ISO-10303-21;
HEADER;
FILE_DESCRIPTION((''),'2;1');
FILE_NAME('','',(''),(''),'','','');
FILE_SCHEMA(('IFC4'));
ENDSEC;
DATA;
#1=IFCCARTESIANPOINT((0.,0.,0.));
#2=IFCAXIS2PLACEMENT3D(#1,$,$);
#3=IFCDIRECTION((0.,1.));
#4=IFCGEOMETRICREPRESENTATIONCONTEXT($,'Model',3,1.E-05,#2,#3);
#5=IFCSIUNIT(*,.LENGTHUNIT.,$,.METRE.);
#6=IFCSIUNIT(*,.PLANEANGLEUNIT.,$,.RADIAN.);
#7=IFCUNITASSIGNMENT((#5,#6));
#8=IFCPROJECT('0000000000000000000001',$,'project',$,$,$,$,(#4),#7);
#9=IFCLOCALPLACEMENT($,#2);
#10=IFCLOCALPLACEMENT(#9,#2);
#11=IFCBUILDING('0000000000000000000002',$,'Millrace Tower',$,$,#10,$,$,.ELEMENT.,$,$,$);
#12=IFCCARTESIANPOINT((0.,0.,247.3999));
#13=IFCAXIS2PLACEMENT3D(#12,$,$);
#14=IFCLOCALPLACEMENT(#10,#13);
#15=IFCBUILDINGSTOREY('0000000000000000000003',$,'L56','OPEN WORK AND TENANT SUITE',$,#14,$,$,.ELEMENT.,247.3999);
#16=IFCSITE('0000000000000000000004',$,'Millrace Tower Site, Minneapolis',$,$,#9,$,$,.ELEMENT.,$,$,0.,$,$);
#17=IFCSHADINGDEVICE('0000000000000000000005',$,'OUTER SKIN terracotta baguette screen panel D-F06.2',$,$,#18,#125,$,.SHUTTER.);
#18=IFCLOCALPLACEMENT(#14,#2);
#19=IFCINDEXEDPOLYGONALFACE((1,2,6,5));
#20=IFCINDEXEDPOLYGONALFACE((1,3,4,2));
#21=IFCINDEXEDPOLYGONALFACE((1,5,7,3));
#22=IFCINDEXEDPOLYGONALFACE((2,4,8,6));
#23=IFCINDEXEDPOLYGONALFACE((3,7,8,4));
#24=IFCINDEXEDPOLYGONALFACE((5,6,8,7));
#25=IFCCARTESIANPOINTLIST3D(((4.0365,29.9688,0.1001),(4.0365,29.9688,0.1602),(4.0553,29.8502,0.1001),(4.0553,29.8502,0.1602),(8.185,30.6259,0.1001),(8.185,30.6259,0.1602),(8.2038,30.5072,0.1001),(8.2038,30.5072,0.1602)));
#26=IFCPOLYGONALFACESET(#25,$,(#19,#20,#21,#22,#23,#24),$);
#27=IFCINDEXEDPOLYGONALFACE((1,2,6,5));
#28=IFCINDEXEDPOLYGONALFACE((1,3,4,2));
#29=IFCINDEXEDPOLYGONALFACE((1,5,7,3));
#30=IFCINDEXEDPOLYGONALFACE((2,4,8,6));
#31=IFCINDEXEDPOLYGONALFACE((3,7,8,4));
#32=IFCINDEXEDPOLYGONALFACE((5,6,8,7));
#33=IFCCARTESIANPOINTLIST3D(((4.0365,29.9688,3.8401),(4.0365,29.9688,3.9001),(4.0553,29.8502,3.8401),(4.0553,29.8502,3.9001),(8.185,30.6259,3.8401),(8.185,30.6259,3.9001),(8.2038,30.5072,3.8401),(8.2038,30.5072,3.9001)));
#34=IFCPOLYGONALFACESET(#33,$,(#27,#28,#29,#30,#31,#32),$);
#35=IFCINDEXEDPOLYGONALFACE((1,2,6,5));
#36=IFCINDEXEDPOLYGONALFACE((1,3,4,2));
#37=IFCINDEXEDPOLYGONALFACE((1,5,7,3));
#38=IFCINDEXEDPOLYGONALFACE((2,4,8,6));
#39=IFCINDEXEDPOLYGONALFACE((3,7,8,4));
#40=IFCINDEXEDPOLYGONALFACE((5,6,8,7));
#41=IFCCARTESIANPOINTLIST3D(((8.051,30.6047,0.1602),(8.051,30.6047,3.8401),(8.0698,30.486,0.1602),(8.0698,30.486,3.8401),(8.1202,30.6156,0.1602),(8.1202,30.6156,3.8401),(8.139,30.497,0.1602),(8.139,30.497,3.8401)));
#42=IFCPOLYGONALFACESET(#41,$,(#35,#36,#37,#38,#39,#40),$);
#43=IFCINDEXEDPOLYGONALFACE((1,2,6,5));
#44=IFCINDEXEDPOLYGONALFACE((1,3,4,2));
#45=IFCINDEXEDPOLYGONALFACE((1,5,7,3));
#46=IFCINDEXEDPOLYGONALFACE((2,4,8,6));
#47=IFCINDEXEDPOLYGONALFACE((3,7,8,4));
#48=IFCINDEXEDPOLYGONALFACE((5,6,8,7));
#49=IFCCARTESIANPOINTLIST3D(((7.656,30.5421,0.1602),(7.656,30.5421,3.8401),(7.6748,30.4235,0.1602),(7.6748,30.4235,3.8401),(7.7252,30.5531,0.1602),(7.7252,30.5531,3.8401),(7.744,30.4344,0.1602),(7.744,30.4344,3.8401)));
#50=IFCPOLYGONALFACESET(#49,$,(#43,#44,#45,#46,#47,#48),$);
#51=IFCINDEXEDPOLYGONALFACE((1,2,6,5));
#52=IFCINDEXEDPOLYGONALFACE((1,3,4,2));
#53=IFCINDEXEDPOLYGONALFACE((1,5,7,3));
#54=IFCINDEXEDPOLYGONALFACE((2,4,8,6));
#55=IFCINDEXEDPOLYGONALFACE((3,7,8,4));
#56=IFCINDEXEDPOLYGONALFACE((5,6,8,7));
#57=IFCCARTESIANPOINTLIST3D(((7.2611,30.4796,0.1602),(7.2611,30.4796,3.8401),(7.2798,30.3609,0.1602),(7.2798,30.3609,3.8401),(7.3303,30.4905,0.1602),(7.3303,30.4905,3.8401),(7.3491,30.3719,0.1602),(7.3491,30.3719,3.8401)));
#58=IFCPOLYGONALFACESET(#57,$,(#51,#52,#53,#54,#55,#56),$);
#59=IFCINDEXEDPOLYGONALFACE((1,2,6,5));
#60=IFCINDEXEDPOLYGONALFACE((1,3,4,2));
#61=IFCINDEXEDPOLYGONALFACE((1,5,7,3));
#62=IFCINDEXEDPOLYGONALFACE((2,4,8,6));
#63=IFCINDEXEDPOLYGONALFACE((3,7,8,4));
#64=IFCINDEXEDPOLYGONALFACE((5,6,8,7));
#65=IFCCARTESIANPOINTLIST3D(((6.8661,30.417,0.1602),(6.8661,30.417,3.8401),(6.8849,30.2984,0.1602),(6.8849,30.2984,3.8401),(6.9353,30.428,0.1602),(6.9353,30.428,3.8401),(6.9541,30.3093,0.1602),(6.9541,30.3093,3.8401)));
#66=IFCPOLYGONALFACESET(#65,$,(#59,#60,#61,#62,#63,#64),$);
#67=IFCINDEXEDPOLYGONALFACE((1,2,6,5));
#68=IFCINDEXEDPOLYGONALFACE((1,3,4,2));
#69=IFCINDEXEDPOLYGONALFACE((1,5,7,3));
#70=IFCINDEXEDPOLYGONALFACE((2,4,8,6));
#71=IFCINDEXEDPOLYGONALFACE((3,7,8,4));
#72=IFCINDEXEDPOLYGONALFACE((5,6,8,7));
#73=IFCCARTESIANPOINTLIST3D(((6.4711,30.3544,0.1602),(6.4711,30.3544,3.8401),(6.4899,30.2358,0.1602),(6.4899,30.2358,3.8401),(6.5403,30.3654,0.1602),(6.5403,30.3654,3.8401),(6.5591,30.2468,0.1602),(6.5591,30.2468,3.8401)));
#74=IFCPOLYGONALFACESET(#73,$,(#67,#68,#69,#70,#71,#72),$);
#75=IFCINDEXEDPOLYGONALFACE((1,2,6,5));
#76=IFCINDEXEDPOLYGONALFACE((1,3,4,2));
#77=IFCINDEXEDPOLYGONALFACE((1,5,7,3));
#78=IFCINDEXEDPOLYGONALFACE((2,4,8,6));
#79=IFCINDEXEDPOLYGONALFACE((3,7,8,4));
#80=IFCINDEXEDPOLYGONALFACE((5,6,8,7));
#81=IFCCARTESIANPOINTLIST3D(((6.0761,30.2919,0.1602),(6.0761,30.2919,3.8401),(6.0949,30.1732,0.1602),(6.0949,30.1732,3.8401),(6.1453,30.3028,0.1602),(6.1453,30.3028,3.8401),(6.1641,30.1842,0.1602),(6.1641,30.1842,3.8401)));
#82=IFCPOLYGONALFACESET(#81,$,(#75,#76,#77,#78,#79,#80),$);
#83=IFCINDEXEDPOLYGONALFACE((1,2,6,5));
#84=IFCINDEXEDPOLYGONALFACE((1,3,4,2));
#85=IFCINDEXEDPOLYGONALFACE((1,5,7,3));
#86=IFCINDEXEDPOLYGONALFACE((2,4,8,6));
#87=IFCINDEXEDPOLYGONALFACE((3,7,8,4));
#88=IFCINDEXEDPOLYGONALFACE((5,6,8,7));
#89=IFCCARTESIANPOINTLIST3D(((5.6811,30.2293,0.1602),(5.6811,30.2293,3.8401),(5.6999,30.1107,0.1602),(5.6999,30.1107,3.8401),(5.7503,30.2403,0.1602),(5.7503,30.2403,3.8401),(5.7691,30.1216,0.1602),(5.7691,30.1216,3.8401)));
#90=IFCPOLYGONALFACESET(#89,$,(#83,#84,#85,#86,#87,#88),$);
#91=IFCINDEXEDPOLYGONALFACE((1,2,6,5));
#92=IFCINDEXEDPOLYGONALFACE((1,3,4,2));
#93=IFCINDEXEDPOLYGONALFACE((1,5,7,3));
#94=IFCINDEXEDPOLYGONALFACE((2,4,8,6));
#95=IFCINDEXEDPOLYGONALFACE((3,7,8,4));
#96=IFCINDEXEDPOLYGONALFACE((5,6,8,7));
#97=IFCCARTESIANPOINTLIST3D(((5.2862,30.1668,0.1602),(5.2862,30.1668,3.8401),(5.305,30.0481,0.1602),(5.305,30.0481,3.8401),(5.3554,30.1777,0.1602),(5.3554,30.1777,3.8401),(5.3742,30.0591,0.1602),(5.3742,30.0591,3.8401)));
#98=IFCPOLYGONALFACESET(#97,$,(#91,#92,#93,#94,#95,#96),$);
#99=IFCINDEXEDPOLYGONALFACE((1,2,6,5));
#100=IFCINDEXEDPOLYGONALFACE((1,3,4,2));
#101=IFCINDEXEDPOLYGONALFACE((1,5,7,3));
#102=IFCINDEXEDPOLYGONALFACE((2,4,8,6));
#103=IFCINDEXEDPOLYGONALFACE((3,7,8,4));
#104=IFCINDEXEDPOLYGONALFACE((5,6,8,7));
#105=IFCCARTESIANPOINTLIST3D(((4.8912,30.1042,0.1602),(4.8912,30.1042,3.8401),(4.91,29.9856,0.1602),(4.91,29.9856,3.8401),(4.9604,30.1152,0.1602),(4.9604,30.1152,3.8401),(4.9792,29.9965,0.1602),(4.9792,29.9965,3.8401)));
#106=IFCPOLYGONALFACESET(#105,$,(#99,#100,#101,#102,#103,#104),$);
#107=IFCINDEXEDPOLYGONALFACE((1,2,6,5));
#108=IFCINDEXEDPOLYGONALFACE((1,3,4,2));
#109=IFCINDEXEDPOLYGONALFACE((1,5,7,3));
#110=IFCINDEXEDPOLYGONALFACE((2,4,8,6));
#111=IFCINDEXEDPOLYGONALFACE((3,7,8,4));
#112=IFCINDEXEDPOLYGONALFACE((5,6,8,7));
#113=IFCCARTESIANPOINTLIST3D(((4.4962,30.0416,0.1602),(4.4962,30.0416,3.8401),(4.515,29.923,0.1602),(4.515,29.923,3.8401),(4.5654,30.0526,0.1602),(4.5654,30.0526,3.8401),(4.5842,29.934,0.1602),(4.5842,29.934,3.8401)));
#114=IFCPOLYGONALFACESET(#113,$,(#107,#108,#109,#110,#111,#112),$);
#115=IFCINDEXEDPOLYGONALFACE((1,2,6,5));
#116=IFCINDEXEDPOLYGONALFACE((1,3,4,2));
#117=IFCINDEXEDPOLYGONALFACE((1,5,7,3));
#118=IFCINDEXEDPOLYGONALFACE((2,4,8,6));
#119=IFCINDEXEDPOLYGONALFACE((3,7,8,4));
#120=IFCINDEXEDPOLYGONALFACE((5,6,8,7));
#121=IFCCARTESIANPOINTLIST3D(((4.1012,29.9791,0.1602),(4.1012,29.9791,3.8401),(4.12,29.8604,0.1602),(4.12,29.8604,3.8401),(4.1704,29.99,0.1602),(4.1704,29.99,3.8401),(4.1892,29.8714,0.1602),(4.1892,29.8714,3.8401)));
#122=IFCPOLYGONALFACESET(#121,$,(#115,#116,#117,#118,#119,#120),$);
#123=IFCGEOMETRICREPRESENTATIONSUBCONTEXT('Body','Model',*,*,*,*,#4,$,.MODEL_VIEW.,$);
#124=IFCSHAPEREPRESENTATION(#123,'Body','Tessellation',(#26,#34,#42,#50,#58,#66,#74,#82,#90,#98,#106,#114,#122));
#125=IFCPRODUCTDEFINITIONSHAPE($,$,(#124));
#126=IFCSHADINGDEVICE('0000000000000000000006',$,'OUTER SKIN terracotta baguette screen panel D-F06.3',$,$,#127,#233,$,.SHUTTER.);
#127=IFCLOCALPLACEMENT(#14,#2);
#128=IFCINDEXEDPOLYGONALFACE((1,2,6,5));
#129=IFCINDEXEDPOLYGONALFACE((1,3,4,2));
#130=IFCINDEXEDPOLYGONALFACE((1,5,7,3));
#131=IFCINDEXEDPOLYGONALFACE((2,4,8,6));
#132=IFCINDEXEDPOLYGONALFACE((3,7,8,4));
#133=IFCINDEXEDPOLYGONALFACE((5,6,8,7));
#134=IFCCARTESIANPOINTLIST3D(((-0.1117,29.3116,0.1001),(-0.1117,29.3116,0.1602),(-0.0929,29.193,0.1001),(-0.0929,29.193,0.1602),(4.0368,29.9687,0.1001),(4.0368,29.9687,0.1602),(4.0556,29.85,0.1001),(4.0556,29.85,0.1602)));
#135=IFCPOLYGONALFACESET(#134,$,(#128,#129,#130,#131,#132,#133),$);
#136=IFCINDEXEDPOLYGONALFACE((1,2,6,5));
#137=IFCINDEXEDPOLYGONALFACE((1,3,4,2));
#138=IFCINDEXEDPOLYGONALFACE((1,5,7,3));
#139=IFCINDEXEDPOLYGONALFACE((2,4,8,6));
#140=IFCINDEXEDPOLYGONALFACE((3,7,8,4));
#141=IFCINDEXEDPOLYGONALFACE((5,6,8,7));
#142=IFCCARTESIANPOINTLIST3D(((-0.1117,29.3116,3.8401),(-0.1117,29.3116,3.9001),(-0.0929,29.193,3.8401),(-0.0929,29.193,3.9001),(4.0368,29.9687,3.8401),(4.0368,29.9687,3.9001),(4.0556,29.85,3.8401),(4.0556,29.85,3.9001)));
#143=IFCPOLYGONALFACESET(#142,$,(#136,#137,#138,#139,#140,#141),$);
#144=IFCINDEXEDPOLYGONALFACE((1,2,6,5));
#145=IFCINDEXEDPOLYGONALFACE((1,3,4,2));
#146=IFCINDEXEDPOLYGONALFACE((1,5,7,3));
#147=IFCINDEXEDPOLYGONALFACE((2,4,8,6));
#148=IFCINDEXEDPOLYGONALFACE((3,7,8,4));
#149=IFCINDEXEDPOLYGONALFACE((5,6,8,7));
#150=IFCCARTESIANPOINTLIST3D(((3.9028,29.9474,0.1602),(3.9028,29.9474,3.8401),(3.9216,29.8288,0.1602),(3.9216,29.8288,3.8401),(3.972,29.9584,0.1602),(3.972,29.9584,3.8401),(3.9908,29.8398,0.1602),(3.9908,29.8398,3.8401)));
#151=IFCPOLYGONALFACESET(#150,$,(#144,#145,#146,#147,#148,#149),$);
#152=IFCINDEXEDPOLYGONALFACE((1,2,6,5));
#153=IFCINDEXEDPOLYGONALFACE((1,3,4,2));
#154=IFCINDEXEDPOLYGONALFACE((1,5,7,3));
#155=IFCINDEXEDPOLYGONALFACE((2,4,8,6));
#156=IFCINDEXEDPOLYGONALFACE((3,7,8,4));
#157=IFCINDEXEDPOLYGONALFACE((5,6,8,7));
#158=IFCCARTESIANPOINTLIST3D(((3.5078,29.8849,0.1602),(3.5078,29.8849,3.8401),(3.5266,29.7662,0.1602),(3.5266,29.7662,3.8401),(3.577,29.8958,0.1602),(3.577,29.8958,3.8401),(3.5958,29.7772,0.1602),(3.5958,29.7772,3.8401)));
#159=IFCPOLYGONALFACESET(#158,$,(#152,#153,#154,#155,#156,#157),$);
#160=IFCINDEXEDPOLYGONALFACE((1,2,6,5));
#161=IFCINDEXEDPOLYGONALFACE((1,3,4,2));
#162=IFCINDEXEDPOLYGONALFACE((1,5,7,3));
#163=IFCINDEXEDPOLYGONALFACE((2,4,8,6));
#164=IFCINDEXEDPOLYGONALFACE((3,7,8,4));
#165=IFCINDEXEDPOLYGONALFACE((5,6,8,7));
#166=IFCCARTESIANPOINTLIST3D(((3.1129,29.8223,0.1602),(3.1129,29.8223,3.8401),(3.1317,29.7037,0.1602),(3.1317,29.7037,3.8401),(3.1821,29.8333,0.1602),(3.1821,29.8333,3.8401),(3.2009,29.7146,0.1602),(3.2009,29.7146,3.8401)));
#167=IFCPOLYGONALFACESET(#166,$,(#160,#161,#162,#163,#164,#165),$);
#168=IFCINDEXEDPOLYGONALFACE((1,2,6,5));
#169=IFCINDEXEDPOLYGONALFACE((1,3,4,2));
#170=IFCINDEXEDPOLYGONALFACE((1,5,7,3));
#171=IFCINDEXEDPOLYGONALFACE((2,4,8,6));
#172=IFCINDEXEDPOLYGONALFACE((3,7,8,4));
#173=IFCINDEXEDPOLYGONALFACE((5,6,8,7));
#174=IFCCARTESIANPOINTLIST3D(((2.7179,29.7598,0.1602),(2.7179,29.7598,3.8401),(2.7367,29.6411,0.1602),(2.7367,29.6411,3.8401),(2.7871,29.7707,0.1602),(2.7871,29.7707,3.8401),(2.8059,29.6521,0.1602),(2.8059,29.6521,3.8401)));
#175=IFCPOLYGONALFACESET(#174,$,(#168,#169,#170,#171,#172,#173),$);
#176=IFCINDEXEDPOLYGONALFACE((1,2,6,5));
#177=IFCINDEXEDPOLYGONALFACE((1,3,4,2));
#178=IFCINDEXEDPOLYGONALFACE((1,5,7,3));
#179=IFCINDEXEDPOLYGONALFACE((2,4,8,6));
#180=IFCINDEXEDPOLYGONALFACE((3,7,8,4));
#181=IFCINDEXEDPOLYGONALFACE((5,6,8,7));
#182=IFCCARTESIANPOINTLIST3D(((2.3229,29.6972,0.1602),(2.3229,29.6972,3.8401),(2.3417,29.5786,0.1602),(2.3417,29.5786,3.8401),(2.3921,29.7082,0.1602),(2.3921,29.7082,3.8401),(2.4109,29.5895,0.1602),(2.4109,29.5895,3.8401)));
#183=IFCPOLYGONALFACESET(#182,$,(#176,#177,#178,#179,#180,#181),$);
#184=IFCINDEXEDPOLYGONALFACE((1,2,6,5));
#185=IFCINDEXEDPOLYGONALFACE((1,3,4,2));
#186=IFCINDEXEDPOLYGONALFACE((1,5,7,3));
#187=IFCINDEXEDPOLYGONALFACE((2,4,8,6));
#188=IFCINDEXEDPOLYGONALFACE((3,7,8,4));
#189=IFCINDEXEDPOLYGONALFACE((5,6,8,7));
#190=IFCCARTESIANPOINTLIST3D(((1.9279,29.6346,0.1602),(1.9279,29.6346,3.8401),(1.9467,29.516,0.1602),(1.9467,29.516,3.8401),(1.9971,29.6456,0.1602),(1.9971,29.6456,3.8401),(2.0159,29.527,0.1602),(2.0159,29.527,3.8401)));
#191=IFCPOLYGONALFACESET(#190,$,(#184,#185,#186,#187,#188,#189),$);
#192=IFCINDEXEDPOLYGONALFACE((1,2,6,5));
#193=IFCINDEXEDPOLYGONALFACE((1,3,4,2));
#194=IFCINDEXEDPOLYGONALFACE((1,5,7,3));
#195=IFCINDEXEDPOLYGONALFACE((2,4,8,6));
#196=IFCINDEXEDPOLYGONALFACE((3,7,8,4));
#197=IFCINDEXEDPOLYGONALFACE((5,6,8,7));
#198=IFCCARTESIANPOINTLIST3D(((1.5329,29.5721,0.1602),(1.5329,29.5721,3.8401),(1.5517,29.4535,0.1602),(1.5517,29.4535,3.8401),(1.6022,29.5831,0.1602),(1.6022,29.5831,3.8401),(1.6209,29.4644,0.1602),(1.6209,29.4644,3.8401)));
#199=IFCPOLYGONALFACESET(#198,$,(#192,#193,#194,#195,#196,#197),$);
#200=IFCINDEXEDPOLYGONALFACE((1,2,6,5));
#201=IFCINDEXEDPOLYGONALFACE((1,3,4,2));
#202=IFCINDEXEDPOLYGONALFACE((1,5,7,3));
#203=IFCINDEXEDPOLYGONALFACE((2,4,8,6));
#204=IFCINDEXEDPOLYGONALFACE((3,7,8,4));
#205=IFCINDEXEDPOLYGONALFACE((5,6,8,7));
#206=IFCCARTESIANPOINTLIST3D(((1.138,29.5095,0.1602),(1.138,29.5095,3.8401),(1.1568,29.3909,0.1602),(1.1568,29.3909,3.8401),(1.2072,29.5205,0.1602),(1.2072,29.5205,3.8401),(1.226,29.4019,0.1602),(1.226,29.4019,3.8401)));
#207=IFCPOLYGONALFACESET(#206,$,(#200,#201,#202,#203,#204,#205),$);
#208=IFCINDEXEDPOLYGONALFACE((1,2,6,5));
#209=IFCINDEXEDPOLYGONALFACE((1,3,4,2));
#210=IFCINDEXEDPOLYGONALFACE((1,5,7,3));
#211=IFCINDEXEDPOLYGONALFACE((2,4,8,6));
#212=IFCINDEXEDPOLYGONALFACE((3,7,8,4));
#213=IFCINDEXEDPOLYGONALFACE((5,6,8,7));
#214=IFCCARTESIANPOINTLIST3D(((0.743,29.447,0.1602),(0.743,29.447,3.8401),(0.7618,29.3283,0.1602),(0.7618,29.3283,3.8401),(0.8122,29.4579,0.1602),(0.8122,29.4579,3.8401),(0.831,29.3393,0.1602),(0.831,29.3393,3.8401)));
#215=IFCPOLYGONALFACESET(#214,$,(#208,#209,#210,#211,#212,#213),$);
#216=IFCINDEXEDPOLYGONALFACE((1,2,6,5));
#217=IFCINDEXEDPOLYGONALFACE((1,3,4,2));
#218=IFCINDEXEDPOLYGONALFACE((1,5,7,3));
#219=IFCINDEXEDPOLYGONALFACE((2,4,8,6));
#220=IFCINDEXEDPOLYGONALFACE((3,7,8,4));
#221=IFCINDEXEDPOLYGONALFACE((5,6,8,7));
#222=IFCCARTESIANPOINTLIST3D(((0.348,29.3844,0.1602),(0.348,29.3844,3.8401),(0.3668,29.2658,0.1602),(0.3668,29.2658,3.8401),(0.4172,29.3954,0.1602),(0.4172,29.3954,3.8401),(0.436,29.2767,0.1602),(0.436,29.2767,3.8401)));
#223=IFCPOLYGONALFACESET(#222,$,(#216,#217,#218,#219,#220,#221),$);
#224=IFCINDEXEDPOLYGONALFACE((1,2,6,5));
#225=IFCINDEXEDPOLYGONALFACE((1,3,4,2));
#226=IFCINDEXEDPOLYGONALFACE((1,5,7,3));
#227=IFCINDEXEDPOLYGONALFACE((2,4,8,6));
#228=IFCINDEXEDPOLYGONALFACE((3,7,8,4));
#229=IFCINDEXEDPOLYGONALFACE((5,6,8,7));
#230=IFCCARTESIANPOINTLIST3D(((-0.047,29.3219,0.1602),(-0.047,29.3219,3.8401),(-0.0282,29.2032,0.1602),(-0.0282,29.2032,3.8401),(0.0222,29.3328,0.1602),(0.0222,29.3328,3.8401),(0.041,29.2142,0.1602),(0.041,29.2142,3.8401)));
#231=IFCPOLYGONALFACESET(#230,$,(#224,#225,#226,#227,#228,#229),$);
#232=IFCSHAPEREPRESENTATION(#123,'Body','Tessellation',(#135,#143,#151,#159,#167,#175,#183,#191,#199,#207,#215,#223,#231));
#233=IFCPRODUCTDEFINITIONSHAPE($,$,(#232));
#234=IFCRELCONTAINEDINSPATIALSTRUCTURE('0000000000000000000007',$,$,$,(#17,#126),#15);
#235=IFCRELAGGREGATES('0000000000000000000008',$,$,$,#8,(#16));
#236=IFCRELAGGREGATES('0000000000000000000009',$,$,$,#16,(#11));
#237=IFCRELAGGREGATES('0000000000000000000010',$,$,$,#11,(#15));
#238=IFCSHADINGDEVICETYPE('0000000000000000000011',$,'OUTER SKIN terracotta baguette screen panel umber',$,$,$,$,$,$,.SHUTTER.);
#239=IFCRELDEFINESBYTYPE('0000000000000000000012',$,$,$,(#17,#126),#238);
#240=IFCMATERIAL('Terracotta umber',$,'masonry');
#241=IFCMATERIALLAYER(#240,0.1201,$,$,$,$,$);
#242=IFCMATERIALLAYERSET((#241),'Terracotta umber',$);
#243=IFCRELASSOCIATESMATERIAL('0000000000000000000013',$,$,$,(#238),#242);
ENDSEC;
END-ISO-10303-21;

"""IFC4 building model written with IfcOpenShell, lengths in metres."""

from ifc_helpers import new_model, entity, si_unit, direction, frame, frame_2d, origin, origin_2d, place, context, subcontext, project, spatial, rectangle, extrude, source, transform, mapped, material, layer, layer_set, type_object, element, save


model = new_model("IFC4")

# Units and contexts
model_context = context("Model", 3, precision=1e-05, world=origin(), true_north=direction((0.0, 1.0)))
body_context = subcontext(model_context, "Body", "Model", "MODEL_VIEW")
ifc_project = project(units=[si_unit("LENGTHUNIT", "METRE"), si_unit("PLANEANGLEUNIT", "RADIAN")], contexts=[model_context])

# Site, building, storey
site_placement = place(None, origin())
site = spatial("IfcSite", under=ifc_project, at=site_placement, Name="Millrace Tower Site, Minneapolis", CompositionType="ELEMENT", RefElevation=0.0)
building_placement = place(site_placement, origin())
building = spatial("IfcBuilding", under=site, at=building_placement, Name="Millrace Tower", CompositionType="ELEMENT")
storey_placement = place(building_placement, frame((0.0, 0.0, 247.3999)))
storey = spatial("IfcBuildingStorey", under=building, at=storey_placement, Name="L56", Description="OPEN WORK AND TENANT SUITE", CompositionType="ELEMENT", Elevation=247.3999)

# Shading devices
ifc_material_1 = material(Name="Terracotta umber", Category="masonry")
ifc_layer_1 = layer(ifc_material_1, 0.1201)
ifc_layer_set_1 = layer_set([ifc_layer_1], Name="Terracotta umber")
shading_device_type = type_object("IfcShadingDeviceType", Name="OUTER SKIN terracotta baguette screen panel umber", PredefinedType="SHUTTER", material=ifc_layer_set_1)
cartesian_point_1 = entity("IfcCartesianPoint", [-2.1001, 0.0601])
shared_polyline_1 = entity("IfcPolyline", [cartesian_point_1, entity("IfcCartesianPoint", [2.1001, 0.0601]), entity("IfcCartesianPoint", [2.1001, -0.0601]), entity("IfcCartesianPoint", [-2.1001, -0.0601]), cartesian_point_1])
shared_shape_1 = source(origin(), body_context, "Body", "SweptSolid", [
    entity("IfcExtrudedAreaSolid", entity("IfcArbitraryClosedProfileDef", "AREA", None, shared_polyline_1), entity("IfcAxis2Placement3D", entity("IfcCartesianPoint", [0.0, 0.0, 0.0])), entity("IfcDirection", [0.0, 0.0, 1.0]), 0.0601),
    entity("IfcExtrudedAreaSolid", entity("IfcArbitraryClosedProfileDef", "AREA", None, shared_polyline_1), entity("IfcAxis2Placement3D", entity("IfcCartesianPoint", [0.0, 0.0, 3.74])), entity("IfcDirection", [0.0, 0.0, 1.0]), 0.0601),
    extrude(rectangle(XDim=0.0701, YDim=0.1201, at=frame_2d((-1.9995, 0.0))), frame((0.0, 0.0, 0.0601)), (0.0, 0.0, 1.0), 3.6799),
    extrude(rectangle(XDim=0.0701, YDim=0.1201, at=frame_2d((-1.5996, 0.0))), frame((0.0, 0.0, 0.0601)), (0.0, 0.0, 1.0), 3.6799),
    extrude(rectangle(XDim=0.0701, YDim=0.1201, at=frame_2d((-1.1997, 0.0))), frame((0.0, 0.0, 0.0601)), (0.0, 0.0, 1.0), 3.6799),
    extrude(rectangle(XDim=0.0701, YDim=0.1201, at=frame_2d((-0.7998, 0.0))), frame((0.0, 0.0, 0.0601)), (0.0, 0.0, 1.0), 3.6799),
    extrude(rectangle(XDim=0.0701, YDim=0.1201, at=frame_2d((-0.3999, 0.0))), frame((0.0, 0.0, 0.0601)), (0.0, 0.0, 1.0), 3.6799),
    extrude(rectangle(XDim=0.0701, YDim=0.1201, at=origin_2d()), frame((0.0, 0.0, 0.0601)), (0.0, 0.0, 1.0), 3.6799),
    extrude(rectangle(XDim=0.0701, YDim=0.1201, at=frame_2d((0.3999, 0.0))), frame((0.0, 0.0, 0.0601)), (0.0, 0.0, 1.0), 3.6799),
    extrude(rectangle(XDim=0.0701, YDim=0.1201, at=frame_2d((0.7998, 0.0))), frame((0.0, 0.0, 0.0601)), (0.0, 0.0, 1.0), 3.6799),
    extrude(rectangle(XDim=0.0701, YDim=0.1201, at=frame_2d((1.1997, 0.0))), frame((0.0, 0.0, 0.0601)), (0.0, 0.0, 1.0), 3.6799),
    extrude(rectangle(XDim=0.0701, YDim=0.1201, at=frame_2d((1.5996, 0.0))), frame((0.0, 0.0, 0.0601)), (0.0, 0.0, 1.0), 3.6799),
    extrude(rectangle(XDim=0.0701, YDim=0.1201, at=frame_2d((1.9995, 0.0))), frame((0.0, 0.0, 0.0601)), (0.0, 0.0, 1.0), 3.6799),
])
for number, where, z_axis, x_axis, name in (
    (1, (6.1201, 30.238, 0.1001), (0.0, 0.0, 1.0), (-0.987688, -0.156434, 0.0), "OUTER SKIN terracotta baguette screen panel D-F06.2"),
    (2, (1.9719, 29.5808, 0.1001), (0.0, 0.0, 1.0), (-0.987688, -0.156434, 0.0), "OUTER SKIN terracotta baguette screen panel D-F06.3"),
):
    element("IfcShadingDevice", number, at=place(storey_placement, frame(where, z_axis=z_axis, x_axis=x_axis)), inside=storey, type_object=shading_device_type, Name=name, PredefinedType="SHUTTER", context=body_context, shape_type="MappedRepresentation", body=[
        mapped(shared_shape_1, transform((0.0, 0.0, 0.0), scale=1.0)),
    ])

save(model, "model.ifc")
